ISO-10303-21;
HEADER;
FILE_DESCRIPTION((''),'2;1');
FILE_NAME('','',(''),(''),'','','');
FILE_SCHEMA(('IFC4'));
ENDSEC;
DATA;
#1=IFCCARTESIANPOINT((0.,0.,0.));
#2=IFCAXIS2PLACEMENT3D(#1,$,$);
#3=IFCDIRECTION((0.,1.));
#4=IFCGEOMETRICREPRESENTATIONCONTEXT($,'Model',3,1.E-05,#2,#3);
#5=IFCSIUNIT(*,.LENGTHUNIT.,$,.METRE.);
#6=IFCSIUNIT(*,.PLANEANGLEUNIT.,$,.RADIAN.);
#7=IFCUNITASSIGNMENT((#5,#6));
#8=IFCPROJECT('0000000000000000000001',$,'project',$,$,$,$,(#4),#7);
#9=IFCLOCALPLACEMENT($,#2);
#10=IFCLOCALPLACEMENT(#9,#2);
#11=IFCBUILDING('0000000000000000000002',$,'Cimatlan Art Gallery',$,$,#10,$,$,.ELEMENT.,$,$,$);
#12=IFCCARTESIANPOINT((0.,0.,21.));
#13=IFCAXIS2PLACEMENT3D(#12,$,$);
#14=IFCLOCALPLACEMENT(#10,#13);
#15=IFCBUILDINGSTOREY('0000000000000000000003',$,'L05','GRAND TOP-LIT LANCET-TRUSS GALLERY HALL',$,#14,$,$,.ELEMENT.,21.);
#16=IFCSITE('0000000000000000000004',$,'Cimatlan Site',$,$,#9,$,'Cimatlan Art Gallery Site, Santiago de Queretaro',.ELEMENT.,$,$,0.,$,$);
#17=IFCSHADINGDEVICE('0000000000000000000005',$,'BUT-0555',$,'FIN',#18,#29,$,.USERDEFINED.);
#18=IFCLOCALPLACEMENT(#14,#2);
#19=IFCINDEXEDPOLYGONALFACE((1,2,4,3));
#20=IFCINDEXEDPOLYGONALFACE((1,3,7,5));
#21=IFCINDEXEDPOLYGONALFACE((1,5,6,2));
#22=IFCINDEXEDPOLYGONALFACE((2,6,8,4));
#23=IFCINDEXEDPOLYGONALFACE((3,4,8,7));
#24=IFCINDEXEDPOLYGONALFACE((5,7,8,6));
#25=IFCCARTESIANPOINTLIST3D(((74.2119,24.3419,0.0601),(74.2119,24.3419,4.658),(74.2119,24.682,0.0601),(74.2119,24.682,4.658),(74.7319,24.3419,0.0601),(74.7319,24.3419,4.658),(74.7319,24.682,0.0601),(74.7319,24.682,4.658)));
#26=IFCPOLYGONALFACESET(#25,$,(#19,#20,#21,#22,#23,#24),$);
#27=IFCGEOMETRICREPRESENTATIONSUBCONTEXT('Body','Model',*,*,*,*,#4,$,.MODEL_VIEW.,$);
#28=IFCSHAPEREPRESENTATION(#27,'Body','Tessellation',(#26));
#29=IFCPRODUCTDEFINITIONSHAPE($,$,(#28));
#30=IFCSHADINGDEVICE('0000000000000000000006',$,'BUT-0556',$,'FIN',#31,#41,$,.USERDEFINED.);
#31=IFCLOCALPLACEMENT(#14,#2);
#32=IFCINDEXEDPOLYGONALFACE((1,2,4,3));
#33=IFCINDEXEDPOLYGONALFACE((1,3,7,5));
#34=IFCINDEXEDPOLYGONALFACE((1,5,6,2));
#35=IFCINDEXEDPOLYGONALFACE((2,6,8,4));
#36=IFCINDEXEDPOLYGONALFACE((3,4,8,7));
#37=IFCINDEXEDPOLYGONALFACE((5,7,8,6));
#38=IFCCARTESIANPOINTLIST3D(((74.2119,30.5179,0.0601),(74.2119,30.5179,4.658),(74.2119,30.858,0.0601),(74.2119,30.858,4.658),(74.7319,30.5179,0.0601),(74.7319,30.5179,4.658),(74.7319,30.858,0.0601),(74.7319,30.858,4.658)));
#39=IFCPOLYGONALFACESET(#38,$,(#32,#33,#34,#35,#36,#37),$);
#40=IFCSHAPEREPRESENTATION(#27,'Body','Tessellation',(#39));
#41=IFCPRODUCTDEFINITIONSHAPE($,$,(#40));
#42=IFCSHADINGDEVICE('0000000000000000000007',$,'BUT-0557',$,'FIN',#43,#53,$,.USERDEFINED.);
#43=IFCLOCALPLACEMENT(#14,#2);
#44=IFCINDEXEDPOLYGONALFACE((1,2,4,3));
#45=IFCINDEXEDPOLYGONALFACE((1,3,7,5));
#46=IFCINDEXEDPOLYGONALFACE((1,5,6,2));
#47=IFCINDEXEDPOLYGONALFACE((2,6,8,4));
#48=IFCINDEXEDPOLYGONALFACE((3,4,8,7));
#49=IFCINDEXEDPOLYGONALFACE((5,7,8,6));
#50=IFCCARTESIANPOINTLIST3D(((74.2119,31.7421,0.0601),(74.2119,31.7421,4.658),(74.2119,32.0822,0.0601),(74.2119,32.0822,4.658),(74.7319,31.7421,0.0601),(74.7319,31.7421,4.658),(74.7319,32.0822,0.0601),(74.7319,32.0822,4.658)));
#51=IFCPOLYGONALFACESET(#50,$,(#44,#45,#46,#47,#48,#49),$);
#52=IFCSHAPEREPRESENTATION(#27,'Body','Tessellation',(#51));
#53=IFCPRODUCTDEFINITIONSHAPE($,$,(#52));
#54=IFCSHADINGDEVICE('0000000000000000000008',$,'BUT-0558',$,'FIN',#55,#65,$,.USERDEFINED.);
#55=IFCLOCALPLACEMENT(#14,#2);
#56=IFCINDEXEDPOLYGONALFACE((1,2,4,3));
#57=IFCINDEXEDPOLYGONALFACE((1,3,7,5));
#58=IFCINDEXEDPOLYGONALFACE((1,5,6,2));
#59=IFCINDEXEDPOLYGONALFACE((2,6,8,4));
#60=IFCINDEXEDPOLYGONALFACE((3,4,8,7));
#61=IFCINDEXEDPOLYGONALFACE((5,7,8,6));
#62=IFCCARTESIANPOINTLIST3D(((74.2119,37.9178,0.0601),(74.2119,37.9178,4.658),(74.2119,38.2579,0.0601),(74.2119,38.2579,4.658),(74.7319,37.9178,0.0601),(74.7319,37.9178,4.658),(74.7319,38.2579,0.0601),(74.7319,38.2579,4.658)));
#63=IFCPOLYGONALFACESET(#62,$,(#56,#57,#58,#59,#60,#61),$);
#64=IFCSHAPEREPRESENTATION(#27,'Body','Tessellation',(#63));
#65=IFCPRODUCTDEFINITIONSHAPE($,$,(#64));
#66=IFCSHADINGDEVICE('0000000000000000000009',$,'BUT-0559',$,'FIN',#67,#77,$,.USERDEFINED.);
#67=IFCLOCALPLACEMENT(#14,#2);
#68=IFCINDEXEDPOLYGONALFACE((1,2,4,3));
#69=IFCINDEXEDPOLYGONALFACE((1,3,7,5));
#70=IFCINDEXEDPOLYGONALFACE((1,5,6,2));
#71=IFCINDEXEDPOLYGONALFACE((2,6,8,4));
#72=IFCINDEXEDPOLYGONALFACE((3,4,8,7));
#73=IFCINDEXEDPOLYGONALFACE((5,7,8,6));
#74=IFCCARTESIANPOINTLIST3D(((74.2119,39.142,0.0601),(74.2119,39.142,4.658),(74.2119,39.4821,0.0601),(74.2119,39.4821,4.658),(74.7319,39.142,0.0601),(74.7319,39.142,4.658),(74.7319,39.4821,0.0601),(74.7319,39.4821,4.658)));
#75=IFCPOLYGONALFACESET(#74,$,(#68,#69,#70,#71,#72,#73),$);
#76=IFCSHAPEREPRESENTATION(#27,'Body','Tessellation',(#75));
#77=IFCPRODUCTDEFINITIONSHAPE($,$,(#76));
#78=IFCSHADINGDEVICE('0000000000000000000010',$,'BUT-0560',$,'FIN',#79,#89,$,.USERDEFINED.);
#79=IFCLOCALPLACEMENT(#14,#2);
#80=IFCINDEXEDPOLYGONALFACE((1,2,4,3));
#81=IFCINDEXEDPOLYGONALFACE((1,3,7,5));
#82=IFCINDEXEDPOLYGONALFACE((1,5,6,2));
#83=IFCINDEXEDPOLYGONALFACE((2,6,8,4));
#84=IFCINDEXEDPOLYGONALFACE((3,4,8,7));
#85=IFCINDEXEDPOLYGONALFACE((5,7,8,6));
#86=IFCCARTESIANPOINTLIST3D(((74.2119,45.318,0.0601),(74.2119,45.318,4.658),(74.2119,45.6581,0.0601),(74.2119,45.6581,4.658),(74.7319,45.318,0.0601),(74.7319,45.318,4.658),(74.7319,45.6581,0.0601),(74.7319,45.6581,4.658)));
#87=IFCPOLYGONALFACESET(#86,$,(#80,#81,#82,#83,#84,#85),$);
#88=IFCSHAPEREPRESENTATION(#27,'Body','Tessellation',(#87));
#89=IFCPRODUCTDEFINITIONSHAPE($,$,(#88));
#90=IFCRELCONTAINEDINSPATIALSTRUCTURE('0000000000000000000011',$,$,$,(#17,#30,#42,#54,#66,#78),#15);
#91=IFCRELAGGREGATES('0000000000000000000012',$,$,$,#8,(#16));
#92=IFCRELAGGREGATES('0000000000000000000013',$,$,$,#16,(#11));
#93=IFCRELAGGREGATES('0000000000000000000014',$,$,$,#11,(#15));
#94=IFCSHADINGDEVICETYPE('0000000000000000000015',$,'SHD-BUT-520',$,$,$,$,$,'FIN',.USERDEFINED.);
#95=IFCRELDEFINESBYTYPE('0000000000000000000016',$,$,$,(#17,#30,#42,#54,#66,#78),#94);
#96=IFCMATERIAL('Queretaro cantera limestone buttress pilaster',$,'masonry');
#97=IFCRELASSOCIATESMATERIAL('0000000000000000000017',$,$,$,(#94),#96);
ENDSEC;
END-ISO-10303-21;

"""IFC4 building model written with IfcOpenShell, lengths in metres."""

from ifc_helpers import new_model, si_unit, direction, frame, origin, origin_2d, place, context, subcontext, project, spatial, rectangle, extrude, material, type_object, element, save


model = new_model("IFC4")

# Units and contexts
model_context = context("Model", 3, precision=1e-05, world=origin(), true_north=direction((0.0, 1.0)))
body_context = subcontext(model_context, "Body", "Model", "MODEL_VIEW")
ifc_project = project(units=[si_unit("LENGTHUNIT", "METRE"), si_unit("PLANEANGLEUNIT", "RADIAN")], contexts=[model_context])

# Site, building, storey
site_placement = place(None, origin())
site = spatial("IfcSite", under=ifc_project, at=site_placement, Name="Cimatlan Site", LongName="Cimatlan Art Gallery Site, Santiago de Queretaro", CompositionType="ELEMENT", RefElevation=0.0)
building_placement = place(site_placement, origin())
building = spatial("IfcBuilding", under=site, at=building_placement, Name="Cimatlan Art Gallery", CompositionType="ELEMENT")
storey_placement = place(building_placement, frame((0.0, 0.0, 21.0)))
storey = spatial("IfcBuildingStorey", under=building, at=storey_placement, Name="L05", Description="GRAND TOP-LIT LANCET-TRUSS GALLERY HALL", CompositionType="ELEMENT", Elevation=21.0)

# Shading devices
ifc_material_1 = material(Name="Queretaro cantera limestone buttress pilaster", Category="masonry")
shading_device_type = type_object("IfcShadingDeviceType", Name="SHD-BUT-520", ElementType="FIN", PredefinedType="USERDEFINED", material=ifc_material_1)
for number, where, z_axis, x_axis, name in (
    (1, (74.4719, 24.512, 0.0601), (0.0, 0.0, 1.0), (0.0, 1.0, 0.0), "BUT-0555"),
    (2, (74.4719, 30.688, 0.0601), (0.0, 0.0, 1.0), (0.0, 1.0, 0.0), "BUT-0556"),
    (3, (74.4719, 31.9121, 0.0601), (0.0, 0.0, 1.0), (0.0, 1.0, 0.0), "BUT-0557"),
    (4, (74.4719, 38.0879, 0.0601), (0.0, 0.0, 1.0), (0.0, 1.0, 0.0), "BUT-0558"),
    (5, (74.4719, 39.312, 0.0601), (0.0, 0.0, 1.0), (0.0, 1.0, 0.0), "BUT-0559"),
    (6, (74.4719, 45.488, 0.0601), (0.0, 0.0, 1.0), (0.0, 1.0, 0.0), "BUT-0560"),
):
    element("IfcShadingDevice", number, at=place(storey_placement, frame(where, z_axis=z_axis, x_axis=x_axis)), inside=storey, type_object=shading_device_type, Name=name, ObjectType="FIN", PredefinedType="USERDEFINED", context=body_context, shape_type="SweptSolid", body=[
        extrude(rectangle(XDim=0.3401, YDim=0.52, at=origin_2d()), origin(), (0.0, 0.0, 1.0), 4.5979),
    ])

save(model, "model.ifc")
